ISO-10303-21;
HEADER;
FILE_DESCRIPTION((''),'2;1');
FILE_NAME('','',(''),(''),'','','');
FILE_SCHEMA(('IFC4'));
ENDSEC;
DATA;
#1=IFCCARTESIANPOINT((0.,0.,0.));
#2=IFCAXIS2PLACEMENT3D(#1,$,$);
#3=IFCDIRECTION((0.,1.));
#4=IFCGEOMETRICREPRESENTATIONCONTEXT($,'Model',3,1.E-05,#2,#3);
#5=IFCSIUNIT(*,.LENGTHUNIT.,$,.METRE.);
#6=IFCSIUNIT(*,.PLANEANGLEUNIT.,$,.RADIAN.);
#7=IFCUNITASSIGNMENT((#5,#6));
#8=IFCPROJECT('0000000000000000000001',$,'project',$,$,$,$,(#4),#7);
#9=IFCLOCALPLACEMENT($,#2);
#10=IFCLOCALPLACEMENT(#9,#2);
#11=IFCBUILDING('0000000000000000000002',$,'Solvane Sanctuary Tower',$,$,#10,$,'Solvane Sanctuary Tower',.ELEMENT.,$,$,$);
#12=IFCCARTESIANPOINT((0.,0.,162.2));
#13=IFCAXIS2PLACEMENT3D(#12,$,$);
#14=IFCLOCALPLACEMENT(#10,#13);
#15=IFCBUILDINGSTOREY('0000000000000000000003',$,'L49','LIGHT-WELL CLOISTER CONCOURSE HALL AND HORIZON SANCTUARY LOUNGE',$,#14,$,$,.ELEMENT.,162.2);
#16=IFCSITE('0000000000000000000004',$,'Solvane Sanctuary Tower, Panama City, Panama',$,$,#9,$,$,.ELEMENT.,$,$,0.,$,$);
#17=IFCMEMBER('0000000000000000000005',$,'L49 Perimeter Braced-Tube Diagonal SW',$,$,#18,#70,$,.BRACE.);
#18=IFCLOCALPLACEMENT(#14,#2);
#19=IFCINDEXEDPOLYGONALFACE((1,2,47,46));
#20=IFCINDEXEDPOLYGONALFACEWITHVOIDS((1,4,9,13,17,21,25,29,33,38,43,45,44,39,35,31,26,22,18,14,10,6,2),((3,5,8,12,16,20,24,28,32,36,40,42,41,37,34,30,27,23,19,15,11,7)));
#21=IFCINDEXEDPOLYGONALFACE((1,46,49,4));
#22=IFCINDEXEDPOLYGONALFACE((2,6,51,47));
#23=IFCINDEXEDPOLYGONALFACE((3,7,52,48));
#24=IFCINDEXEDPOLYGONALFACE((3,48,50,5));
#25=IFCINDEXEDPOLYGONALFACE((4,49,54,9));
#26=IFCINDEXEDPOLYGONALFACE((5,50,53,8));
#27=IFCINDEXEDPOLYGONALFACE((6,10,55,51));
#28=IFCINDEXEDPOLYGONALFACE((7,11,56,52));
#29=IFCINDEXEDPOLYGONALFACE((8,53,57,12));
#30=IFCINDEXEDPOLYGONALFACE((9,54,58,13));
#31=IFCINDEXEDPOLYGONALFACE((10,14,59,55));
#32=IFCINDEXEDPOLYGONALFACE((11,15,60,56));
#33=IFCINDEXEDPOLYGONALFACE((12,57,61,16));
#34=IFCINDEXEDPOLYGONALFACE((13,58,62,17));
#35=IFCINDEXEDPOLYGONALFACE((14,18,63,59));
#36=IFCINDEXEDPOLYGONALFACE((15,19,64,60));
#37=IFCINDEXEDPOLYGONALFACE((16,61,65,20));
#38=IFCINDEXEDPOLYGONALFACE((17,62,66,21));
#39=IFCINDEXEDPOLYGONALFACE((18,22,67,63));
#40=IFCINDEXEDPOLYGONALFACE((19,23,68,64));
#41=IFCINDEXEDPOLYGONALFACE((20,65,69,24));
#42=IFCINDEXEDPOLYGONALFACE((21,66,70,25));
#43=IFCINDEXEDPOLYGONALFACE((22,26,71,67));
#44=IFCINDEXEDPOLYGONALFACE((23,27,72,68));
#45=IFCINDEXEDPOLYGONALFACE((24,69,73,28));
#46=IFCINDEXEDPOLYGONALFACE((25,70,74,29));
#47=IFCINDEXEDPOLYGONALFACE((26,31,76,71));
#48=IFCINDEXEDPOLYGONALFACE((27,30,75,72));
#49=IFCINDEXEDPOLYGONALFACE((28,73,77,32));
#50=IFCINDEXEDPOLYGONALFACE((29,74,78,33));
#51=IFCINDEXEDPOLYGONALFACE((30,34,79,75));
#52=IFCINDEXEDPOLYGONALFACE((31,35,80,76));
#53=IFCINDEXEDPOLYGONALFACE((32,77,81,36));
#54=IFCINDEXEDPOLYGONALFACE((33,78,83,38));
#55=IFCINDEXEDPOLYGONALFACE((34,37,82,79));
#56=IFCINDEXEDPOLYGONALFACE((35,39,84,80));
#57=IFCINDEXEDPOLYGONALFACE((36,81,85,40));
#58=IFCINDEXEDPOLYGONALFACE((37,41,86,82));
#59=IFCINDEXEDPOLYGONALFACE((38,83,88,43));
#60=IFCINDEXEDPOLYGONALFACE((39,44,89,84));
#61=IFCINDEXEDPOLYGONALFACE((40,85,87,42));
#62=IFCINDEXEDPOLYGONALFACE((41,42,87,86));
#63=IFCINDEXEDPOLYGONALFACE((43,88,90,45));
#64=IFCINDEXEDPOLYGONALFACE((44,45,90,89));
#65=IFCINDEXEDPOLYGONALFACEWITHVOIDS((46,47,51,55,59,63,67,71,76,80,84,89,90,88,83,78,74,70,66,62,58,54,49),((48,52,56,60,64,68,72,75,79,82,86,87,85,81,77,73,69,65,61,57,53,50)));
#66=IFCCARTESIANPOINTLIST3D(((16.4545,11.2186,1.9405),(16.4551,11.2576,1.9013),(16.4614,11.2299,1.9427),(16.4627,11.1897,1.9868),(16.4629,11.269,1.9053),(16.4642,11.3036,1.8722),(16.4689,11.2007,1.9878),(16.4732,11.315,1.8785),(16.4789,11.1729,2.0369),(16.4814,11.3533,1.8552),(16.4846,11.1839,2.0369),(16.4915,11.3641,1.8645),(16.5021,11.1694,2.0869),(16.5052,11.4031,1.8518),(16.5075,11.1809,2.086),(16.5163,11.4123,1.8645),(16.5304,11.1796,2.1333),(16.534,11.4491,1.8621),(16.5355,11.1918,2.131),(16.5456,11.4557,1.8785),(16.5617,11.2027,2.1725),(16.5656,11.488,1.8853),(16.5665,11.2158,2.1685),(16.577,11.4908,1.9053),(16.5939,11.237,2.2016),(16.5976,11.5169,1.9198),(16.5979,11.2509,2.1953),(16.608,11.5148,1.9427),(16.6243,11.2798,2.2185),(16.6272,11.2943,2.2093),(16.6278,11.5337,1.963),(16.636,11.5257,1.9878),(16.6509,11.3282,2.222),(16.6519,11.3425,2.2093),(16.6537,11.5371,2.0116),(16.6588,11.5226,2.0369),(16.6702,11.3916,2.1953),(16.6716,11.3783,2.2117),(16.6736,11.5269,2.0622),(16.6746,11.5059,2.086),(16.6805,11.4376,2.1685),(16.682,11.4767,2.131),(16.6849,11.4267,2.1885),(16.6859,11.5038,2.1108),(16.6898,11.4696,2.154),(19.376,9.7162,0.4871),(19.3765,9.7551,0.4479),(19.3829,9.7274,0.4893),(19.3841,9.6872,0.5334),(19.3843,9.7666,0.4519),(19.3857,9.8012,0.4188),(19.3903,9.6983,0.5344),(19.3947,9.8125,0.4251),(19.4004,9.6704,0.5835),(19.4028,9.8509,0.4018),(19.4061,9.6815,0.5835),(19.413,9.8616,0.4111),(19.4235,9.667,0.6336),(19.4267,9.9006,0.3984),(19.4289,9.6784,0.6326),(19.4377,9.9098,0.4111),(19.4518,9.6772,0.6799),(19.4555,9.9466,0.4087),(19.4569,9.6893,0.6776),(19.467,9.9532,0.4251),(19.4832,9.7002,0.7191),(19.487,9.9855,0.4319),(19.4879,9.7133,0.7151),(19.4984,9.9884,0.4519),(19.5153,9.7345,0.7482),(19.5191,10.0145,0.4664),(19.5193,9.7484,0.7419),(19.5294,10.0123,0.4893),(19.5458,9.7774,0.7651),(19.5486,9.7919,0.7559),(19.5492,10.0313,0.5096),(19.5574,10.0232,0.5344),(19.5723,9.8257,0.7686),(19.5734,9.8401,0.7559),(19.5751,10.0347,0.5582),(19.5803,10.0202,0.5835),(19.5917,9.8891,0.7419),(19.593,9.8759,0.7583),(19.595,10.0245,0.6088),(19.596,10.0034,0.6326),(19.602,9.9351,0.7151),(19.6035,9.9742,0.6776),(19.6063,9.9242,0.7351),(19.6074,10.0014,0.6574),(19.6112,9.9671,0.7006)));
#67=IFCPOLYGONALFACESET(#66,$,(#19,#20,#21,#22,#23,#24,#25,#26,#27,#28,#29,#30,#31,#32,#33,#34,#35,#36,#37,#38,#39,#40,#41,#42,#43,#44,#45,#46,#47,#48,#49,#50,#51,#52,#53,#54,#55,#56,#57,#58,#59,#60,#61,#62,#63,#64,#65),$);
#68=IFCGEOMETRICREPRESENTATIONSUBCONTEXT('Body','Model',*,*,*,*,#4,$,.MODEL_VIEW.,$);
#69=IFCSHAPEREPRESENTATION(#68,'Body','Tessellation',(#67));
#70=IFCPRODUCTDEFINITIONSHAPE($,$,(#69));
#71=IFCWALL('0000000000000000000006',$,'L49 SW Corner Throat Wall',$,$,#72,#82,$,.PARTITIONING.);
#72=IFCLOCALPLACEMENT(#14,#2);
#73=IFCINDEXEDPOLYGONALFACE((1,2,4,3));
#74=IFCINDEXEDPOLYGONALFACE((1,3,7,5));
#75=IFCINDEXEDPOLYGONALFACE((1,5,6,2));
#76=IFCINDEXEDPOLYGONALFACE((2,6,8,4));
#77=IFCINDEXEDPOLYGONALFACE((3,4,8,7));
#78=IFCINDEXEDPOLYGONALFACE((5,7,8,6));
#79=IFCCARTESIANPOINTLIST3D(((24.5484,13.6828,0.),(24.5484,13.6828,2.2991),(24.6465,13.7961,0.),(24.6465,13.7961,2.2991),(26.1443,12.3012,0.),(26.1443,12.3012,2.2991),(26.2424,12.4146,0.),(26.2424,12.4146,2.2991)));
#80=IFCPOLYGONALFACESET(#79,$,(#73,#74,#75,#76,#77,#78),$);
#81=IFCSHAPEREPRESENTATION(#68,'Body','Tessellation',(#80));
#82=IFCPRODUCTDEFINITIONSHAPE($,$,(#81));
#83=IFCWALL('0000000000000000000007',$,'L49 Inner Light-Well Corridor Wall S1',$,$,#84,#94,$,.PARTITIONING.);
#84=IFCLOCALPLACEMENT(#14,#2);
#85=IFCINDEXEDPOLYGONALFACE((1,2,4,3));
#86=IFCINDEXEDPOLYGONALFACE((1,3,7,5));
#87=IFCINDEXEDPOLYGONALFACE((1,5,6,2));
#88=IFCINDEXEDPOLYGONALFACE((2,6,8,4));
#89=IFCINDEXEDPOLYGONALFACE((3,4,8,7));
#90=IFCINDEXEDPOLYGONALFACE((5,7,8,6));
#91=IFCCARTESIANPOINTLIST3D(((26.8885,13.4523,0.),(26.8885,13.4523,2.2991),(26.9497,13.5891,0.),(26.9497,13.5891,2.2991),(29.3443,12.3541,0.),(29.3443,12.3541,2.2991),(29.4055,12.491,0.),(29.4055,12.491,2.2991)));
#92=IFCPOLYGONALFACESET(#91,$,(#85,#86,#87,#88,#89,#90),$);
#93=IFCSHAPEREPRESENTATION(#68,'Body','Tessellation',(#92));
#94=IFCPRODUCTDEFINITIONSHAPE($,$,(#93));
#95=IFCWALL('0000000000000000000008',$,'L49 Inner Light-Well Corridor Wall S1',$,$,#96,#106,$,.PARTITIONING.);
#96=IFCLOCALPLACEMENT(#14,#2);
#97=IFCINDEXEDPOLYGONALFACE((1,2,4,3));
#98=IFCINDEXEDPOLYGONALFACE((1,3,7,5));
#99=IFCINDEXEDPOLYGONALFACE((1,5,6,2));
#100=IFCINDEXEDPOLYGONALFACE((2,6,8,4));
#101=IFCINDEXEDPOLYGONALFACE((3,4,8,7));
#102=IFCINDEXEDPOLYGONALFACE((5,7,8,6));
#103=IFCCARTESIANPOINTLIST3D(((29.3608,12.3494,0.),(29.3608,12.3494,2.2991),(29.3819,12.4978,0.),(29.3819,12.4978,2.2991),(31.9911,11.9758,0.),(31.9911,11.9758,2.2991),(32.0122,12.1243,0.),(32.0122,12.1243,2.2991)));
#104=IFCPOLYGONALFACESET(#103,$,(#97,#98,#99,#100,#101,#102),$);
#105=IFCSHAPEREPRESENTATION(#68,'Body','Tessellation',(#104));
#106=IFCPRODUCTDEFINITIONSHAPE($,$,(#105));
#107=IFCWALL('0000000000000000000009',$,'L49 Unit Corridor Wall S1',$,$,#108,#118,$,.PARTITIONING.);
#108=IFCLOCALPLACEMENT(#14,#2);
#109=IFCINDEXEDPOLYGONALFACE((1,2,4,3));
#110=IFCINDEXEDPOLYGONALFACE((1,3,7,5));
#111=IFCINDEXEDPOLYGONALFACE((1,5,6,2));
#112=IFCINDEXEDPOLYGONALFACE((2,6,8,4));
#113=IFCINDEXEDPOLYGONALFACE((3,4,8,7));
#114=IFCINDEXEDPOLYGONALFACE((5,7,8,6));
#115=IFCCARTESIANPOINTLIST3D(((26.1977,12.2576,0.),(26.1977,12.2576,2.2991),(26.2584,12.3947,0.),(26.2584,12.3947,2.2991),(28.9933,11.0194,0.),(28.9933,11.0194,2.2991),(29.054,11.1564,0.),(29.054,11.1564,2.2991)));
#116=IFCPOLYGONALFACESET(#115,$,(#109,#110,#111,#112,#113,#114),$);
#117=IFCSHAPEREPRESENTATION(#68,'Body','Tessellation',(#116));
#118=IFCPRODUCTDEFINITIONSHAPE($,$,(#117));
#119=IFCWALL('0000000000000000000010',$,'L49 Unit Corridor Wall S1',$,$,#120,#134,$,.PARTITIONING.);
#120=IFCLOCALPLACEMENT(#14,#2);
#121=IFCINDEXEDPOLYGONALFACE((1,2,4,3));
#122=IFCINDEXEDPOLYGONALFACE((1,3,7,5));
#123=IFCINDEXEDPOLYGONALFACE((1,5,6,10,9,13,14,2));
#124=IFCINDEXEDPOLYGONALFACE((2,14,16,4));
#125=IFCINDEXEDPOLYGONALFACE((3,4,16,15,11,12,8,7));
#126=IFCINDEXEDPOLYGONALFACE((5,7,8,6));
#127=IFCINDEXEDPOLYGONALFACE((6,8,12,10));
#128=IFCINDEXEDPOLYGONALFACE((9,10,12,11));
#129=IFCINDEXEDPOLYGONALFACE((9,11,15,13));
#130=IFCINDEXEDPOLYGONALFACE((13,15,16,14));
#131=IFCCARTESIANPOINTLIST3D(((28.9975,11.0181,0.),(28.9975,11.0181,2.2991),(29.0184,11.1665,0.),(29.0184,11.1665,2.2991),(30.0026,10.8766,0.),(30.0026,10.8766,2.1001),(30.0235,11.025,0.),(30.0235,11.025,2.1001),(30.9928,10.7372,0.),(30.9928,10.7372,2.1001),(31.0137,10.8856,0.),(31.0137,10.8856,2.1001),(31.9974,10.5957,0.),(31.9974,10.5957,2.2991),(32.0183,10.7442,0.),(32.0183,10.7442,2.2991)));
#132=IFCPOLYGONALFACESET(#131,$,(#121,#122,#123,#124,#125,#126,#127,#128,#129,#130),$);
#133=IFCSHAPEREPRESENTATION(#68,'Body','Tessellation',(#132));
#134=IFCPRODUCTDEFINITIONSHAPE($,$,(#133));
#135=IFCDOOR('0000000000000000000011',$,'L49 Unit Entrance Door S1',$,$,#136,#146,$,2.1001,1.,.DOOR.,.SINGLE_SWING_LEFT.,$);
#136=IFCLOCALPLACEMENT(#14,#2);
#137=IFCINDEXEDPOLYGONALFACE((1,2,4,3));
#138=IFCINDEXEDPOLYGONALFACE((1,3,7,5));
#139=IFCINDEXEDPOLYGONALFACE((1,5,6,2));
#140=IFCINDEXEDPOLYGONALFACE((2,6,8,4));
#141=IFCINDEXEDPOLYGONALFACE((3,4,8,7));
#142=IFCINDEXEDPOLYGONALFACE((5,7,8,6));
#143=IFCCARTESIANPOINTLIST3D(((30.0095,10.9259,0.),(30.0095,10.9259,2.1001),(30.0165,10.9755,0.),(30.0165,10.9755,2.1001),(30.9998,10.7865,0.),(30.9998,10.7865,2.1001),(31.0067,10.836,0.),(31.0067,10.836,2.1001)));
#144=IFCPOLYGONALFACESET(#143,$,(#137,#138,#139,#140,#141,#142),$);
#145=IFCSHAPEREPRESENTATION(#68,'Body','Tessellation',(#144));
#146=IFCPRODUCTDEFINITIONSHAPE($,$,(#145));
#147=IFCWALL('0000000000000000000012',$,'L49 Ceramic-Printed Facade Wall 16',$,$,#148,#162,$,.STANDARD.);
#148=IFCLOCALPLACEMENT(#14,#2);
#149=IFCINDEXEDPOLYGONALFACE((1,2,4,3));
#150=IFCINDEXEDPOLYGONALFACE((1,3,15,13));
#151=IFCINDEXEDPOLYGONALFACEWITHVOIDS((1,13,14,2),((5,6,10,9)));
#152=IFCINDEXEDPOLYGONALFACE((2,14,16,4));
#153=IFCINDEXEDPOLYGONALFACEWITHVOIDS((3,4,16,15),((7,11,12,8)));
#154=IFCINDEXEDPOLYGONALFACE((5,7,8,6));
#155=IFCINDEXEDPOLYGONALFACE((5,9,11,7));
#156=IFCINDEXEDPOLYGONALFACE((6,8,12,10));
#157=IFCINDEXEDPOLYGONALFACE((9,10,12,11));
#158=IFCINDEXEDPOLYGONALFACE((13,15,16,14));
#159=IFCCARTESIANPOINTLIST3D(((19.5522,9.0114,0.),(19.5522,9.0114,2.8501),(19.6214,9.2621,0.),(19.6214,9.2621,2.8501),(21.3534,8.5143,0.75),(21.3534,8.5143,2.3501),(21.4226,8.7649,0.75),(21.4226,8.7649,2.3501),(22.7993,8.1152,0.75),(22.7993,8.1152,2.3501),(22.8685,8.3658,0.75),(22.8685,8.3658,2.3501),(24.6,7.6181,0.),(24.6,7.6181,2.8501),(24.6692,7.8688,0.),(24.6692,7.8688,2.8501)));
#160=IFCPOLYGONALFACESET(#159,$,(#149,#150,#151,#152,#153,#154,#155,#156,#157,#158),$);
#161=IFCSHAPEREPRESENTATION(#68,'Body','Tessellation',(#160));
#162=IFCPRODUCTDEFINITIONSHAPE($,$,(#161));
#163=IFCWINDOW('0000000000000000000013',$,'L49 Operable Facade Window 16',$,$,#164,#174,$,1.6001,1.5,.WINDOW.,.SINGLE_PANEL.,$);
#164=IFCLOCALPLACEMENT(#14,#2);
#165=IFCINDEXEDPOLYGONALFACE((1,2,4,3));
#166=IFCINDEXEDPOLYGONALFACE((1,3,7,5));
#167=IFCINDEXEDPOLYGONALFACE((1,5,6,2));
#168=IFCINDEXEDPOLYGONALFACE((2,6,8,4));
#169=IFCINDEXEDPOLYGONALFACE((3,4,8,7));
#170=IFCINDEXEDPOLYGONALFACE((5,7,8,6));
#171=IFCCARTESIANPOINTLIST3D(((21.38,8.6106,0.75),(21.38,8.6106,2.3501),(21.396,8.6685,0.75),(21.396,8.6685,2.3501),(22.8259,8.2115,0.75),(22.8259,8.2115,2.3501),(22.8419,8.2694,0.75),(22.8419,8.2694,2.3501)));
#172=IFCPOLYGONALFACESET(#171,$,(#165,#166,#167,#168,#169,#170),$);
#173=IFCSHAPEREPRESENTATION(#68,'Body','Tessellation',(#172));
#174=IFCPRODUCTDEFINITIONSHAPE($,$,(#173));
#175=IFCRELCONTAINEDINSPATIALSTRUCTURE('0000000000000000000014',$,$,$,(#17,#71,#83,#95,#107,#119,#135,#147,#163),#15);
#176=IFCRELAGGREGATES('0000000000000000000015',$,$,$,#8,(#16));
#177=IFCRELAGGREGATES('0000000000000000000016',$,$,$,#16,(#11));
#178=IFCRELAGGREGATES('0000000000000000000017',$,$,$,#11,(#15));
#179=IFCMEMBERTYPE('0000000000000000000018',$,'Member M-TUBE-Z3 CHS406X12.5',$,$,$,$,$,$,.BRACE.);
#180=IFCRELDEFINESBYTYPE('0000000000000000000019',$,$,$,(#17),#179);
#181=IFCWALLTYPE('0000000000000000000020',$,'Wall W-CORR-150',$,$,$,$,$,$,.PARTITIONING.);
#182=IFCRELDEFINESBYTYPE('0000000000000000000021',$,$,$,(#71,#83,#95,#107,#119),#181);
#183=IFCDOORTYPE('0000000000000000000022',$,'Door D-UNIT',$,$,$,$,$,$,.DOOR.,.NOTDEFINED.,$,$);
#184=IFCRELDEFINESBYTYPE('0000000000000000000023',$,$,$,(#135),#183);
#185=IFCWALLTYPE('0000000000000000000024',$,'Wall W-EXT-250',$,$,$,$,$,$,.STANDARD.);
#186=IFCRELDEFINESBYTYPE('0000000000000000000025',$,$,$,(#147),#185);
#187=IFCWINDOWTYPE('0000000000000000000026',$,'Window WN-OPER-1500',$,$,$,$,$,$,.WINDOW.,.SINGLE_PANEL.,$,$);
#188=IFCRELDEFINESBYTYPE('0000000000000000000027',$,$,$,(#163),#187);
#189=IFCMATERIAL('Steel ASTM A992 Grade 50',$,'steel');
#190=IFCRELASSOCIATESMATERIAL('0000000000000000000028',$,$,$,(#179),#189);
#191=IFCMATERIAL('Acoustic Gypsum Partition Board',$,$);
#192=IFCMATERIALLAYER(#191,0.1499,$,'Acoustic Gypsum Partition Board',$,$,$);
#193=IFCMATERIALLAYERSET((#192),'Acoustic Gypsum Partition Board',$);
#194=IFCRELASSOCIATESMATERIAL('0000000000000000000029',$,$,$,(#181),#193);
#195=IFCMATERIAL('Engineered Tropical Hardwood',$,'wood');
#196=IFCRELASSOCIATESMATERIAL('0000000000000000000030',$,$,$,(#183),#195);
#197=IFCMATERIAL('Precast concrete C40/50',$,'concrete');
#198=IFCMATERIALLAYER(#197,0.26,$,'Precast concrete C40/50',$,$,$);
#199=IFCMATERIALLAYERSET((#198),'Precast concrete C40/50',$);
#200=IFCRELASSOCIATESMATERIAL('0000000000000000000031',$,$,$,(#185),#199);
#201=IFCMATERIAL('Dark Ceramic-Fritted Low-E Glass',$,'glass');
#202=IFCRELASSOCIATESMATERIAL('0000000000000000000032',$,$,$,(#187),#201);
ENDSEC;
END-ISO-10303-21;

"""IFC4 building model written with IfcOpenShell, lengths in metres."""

from ifc_helpers import new_model, si_unit, direction, frame, frame_2d, origin, origin_2d, place, context, subcontext, project, spatial, rectangle, hollow_circle, extrude, material, layer, layer_set, material_profile, profile_set, type_object, element, fill, save


model = new_model("IFC4")

# Units and contexts
model_context = context("Model", 3, precision=1e-05, world=origin(), true_north=direction((0.0, 1.0)))
body_context = subcontext(model_context, "Body", "Model", "MODEL_VIEW")
ifc_project = project(units=[si_unit("LENGTHUNIT", "METRE"), si_unit("PLANEANGLEUNIT", "RADIAN")], contexts=[model_context])

# Site, building, storey
site_placement = place(None, origin())
site = spatial("IfcSite", under=ifc_project, at=site_placement, Name="Solvane Sanctuary Tower, Panama City, Panama", CompositionType="ELEMENT", RefElevation=0.0)
building_placement = place(site_placement, origin())
building = spatial("IfcBuilding", under=site, at=building_placement, Name="Solvane Sanctuary Tower", LongName="Solvane Sanctuary Tower", CompositionType="ELEMENT")
storey_placement = place(building_placement, frame((0.0, 0.0, 162.2)))
storey = spatial("IfcBuildingStorey", under=building, at=storey_placement, Name="L49", Description="LIGHT-WELL CLOISTER CONCOURSE HALL AND HORIZON SANCTUARY LOUNGE", CompositionType="ELEMENT", Elevation=162.2)

# Shared definitions
ifc_material_1 = material(Name="Steel ASTM A992 Grade 50", Category="steel")

# Member
ifc_material_profile_1 = material_profile(ifc_material_1, hollow_circle(Radius=0.2029, WallThickness=0.0125, at=origin_2d()), Name="CHS406X12.5")
ifc_profile_set_1 = profile_set([ifc_material_profile_1], Name="Steel ASTM A992 Grade 50")
member_type = type_object("IfcMemberType", Name="Member M-TUBE-Z3 CHS406X12.5", PredefinedType="BRACE", material=ifc_profile_set_1)
member_placement = place(storey_placement, frame((19.4932, 9.8508, 0.5835), z_axis=(-0.813252, 0.418248, 0.404587), x_axis=(-0.457351, -0.889286, 0.0)))
element("IfcMember", 1, at=member_placement, inside=storey, type_object=member_type, Name="L49 Perimeter Braced-Tube Diagonal SW", PredefinedType="BRACE", context=body_context, shape_type="SweptSolid", body=[
    extrude(hollow_circle(Radius=0.2029, WallThickness=0.0125, at=origin_2d()), origin(), (0.0, 0.0, 1.0), 3.5923),
])

# Walls
ifc_material_2 = material(Name="Acoustic Gypsum Partition Board")
ifc_layer_1 = layer(ifc_material_2, 0.1499, Name="Acoustic Gypsum Partition Board")
ifc_layer_set_1 = layer_set([ifc_layer_1], Name="Acoustic Gypsum Partition Board")
wall_type_1 = type_object("IfcWallType", Name="Wall W-CORR-150", PredefinedType="PARTITIONING", material=ifc_layer_set_1)
wall_1_placement = place(storey_placement, frame((26.1934, 12.3579, 0.0), z_axis=(0.0, 0.0, 1.0), x_axis=(-0.756055, 0.654508, 0.0)))
element("IfcWall", 2, at=wall_1_placement, inside=storey, type_object=wall_type_1, Name="L49 SW Corner Throat Wall", PredefinedType="PARTITIONING", context=body_context, shape_type="SweptSolid", body=[
    extrude(rectangle(XDim=2.1108, YDim=0.1499, at=frame_2d((1.0554, 0.0))), origin(), (0.0, 0.0, 1.0), 2.2991),
])
wall_2_placement = place(storey_placement, frame((26.9189, 13.5208, 0.0), z_axis=(0.0, 0.0, 1.0), x_axis=(0.912889, -0.408209, 0.0)))
element("IfcWall", 3, at=wall_2_placement, inside=storey, type_object=wall_type_1, Name="L49 Inner Light-Well Corridor Wall S1", PredefinedType="PARTITIONING", context=body_context, shape_type="SweptSolid", body=[
    extrude(rectangle(XDim=2.6902, YDim=0.1499, at=frame_2d((1.3452, 0.0))), origin(), (0.0, 0.0, 1.0), 2.2991),
])
wall_3_placement = place(storey_placement, frame((29.3713, 12.4236, 0.0), z_axis=(0.0, 0.0, 1.0), x_axis=(0.990067, -0.140598, 0.0)))
element("IfcWall", 4, at=wall_3_placement, inside=storey, type_object=wall_type_1, Name="L49 Inner Light-Well Corridor Wall S1", PredefinedType="PARTITIONING", context=body_context, shape_type="SweptSolid", body=[
    extrude(rectangle(XDim=2.6567, YDim=0.1499, at=frame_2d((1.3284, 0.0))), origin(), (0.0, 0.0, 1.0), 2.2991),
])
wall_4_placement = place(storey_placement, frame((26.228, 12.3262, 0.0), z_axis=(0.0, 0.0, 1.0), x_axis=(0.914324, -0.404982, 0.0)))
element("IfcWall", 5, at=wall_4_placement, inside=storey, type_object=wall_type_1, Name="L49 Unit Corridor Wall S1", PredefinedType="PARTITIONING", context=body_context, shape_type="SweptSolid", body=[
    extrude(rectangle(XDim=3.0576, YDim=0.1499, at=frame_2d((1.5288, 0.0))), origin(), (0.0, 0.0, 1.0), 2.2991),
])

# Wall, opening, door
wall_5_placement = place(storey_placement, frame((29.0081, 11.0923, 0.0), z_axis=(0.0, 0.0, 1.0), x_axis=(0.990234, -0.139413, 0.0)))
wall_5 = element("IfcWall", 6, at=wall_5_placement, inside=storey, type_object=wall_type_1, Name="L49 Unit Corridor Wall S1", PredefinedType="PARTITIONING", context=body_context, shape_type="SweptSolid", body=[
    extrude(rectangle(XDim=3.0295, YDim=0.1499, at=frame_2d((1.5146, 0.0))), origin(), (0.0, 0.0, 1.0), 2.2991),
])
opening_1_placement = place(wall_5_placement, frame((1.0149, 0.0, 0.0)))
opening_1 = element("IfcOpeningElement", 7, at=opening_1_placement, cuts=wall_5, PredefinedType="OPENING", context=body_context, shape_type="SweptSolid", body=[
    extrude(rectangle(XDim=1.0, YDim=2.1001, at=frame_2d((0.5, 1.05))), frame((0.0, 0.085, 0.0), z_axis=(0.0, -1.0, 0.0), x_axis=(1.0, 0.0, 0.0)), (0.0, 0.0, 1.0), 0.1699),
])
ifc_material_3 = material(Name="Engineered Tropical Hardwood", Category="wood")
door_type = type_object("IfcDoorType", Name="Door D-UNIT", OperationType="NOTDEFINED", PredefinedType="DOOR", material=ifc_material_3)
door_placement = place(opening_1_placement, origin())
door = element("IfcDoor", 8, at=door_placement, inside=storey, type_object=door_type, Name="L49 Unit Entrance Door S1", OperationType="SINGLE_SWING_LEFT", OverallHeight=2.1001, OverallWidth=1.0, PredefinedType="DOOR", context=body_context, shape_type="SweptSolid", body=[
    extrude(rectangle(XDim=1.0, YDim=2.1001, at=frame_2d((0.5, 1.05))), frame((0.0, 0.0249, 0.0), z_axis=(0.0, -1.0, 0.0), x_axis=(1.0, 0.0, 0.0)), (0.0, 0.0, 1.0), 0.05),
])
fill(opening_1, door)

# Wall, opening, window
ifc_material_4 = material(Name="Precast concrete C40/50", Category="concrete")
ifc_layer_2 = layer(ifc_material_4, 0.26, Name="Precast concrete C40/50")
ifc_layer_set_2 = layer_set([ifc_layer_2], Name="Precast concrete C40/50")
wall_type_2 = type_object("IfcWallType", Name="Wall W-EXT-250", PredefinedType="STANDARD", material=ifc_layer_set_2)
wall_6_placement = place(storey_placement, frame((19.5869, 9.1367, 0.0), z_axis=(0.0, 0.0, 1.0), x_axis=(0.963953, -0.266071, 0.0)))
wall_6 = element("IfcWall", 9, at=wall_6_placement, inside=storey, type_object=wall_type_2, Name="L49 Ceramic-Printed Facade Wall 16", PredefinedType="STANDARD", context=body_context, shape_type="SweptSolid", body=[
    extrude(rectangle(XDim=5.2366, YDim=0.26, at=frame_2d((2.6182, 0.0))), origin(), (0.0, 0.0, 1.0), 2.8501),
])
opening_2_placement = place(wall_6_placement, frame((1.8684, 0.0, 0.75)))
opening_2 = element("IfcOpeningElement", 10, at=opening_2_placement, cuts=wall_6, PredefinedType="OPENING", context=body_context, shape_type="SweptSolid", body=[
    extrude(rectangle(XDim=1.5, YDim=1.6001, at=frame_2d((0.75, 0.8))), frame((0.0, 0.1399, 0.0), z_axis=(0.0, -1.0, 0.0), x_axis=(1.0, 0.0, 0.0)), (0.0, 0.0, 1.0), 0.28),
])
ifc_material_5 = material(Name="Dark Ceramic-Fritted Low-E Glass", Category="glass")
window_type_1 = type_object("IfcWindowType", Name="Window WN-OPER-1500", PartitioningType="SINGLE_PANEL", PredefinedType="WINDOW", material=ifc_material_5)
window_1_placement = place(opening_2_placement, origin())
window_1 = element("IfcWindow", 11, at=window_1_placement, inside=storey, type_object=window_type_1, Name="L49 Operable Facade Window 16", OverallHeight=1.6001, OverallWidth=1.5, PartitioningType="SINGLE_PANEL", PredefinedType="WINDOW", context=body_context, shape_type="SweptSolid", body=[
    extrude(rectangle(XDim=1.5, YDim=1.6001, at=frame_2d((0.75, 0.8))), frame((0.0, 0.03, 0.0), z_axis=(0.0, -1.0, 0.0), x_axis=(1.0, 0.0, 0.0)), (0.0, 0.0, 1.0), 0.0601),
])
fill(opening_2, window_1)

save(model, "model.ifc")
